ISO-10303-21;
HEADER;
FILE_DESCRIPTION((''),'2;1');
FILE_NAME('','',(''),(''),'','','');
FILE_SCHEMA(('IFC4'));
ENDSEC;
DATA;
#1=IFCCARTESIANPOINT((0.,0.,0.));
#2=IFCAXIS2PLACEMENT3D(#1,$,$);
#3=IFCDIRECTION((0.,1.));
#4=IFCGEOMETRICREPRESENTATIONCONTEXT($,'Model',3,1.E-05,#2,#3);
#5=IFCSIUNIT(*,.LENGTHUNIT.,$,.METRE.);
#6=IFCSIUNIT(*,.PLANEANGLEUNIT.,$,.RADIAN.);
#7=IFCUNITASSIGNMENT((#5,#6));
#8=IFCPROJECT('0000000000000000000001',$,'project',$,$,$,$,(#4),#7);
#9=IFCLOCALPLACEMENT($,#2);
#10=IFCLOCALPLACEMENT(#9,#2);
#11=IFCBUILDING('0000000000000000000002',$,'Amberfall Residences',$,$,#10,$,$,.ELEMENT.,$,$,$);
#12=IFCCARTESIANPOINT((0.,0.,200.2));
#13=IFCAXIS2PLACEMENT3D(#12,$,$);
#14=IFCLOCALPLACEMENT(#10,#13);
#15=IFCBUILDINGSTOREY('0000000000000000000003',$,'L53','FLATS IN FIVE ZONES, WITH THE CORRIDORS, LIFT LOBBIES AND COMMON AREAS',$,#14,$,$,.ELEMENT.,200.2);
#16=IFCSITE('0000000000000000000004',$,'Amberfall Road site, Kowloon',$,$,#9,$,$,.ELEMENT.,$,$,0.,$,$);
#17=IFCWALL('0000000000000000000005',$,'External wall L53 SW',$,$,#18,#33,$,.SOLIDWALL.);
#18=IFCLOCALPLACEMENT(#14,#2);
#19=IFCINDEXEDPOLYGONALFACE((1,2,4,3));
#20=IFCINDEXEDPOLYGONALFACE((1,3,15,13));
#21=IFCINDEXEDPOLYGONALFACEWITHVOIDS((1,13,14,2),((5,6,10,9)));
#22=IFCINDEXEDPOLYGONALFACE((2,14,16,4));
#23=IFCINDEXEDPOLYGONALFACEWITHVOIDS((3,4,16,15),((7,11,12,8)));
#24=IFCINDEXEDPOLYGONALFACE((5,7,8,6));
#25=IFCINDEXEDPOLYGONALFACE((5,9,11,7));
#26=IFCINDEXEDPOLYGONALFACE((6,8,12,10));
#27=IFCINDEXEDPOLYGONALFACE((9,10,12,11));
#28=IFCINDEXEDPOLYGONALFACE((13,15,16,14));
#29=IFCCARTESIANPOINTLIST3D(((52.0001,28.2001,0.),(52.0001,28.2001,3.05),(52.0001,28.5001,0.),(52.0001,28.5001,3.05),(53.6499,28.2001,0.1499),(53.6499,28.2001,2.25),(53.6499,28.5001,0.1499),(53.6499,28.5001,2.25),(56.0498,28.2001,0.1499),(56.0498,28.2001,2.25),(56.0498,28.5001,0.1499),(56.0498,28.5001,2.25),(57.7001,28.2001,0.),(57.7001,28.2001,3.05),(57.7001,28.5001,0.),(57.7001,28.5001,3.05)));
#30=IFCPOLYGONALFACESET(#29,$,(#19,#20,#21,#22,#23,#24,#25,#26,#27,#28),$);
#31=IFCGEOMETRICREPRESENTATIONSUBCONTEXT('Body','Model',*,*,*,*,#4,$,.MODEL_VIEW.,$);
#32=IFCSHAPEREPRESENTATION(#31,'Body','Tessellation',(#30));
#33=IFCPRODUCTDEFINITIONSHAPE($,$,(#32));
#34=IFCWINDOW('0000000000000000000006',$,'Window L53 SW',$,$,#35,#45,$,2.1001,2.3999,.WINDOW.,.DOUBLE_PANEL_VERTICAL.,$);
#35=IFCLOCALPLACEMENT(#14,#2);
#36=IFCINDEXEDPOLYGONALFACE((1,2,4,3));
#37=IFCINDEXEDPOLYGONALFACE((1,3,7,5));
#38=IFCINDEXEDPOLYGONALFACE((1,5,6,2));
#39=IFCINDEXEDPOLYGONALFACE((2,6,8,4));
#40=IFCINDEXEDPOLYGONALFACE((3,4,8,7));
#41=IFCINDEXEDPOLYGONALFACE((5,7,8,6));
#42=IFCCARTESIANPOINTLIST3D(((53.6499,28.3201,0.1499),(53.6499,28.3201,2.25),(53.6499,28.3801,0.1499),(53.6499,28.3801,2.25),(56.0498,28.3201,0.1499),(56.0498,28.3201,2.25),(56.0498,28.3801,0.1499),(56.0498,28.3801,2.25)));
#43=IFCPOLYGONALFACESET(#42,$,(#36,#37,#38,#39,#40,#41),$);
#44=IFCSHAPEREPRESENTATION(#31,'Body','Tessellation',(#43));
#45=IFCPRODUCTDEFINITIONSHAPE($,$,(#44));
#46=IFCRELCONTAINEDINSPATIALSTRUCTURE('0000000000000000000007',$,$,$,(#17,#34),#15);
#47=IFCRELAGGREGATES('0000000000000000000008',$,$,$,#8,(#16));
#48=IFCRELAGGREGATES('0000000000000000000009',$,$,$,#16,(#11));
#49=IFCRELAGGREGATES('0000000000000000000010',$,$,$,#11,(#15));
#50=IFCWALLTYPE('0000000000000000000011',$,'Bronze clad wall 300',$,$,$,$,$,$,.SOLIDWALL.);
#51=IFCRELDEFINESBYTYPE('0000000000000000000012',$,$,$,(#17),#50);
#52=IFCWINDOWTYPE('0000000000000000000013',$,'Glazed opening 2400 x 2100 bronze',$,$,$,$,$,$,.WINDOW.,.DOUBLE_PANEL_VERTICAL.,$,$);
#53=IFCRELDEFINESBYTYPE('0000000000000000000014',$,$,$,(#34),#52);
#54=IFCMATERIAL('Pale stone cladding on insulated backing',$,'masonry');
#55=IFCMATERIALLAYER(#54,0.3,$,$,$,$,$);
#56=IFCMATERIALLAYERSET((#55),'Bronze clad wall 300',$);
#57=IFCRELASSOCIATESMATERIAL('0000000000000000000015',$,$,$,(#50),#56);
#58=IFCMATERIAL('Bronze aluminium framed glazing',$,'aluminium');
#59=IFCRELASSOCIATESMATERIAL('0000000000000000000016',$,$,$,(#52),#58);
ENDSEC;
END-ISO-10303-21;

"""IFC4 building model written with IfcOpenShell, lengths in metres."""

from ifc_helpers import new_model, si_unit, direction, frame, frame_2d, origin, place, context, subcontext, project, spatial, rectangle, extrude, material, layer, layer_set, type_object, element, fill, save


model = new_model("IFC4")

# Units and contexts
model_context = context("Model", 3, precision=1e-05, world=origin(), true_north=direction((0.0, 1.0)))
body_context = subcontext(model_context, "Body", "Model", "MODEL_VIEW")
ifc_project = project(units=[si_unit("LENGTHUNIT", "METRE"), si_unit("PLANEANGLEUNIT", "RADIAN")], contexts=[model_context])

# Site, building, storey
site_placement = place(None, origin())
site = spatial("IfcSite", under=ifc_project, at=site_placement, Name="Amberfall Road site, Kowloon", CompositionType="ELEMENT", RefElevation=0.0)
building_placement = place(site_placement, origin())
building = spatial("IfcBuilding", under=site, at=building_placement, Name="Amberfall Residences", CompositionType="ELEMENT")
storey_placement = place(building_placement, frame((0.0, 0.0, 200.2)))
storey = spatial("IfcBuildingStorey", under=building, at=storey_placement, Name="L53", Description="FLATS IN FIVE ZONES, WITH THE CORRIDORS, LIFT LOBBIES AND COMMON AREAS", CompositionType="ELEMENT", Elevation=200.2)

# Wall, opening, window
ifc_material_1 = material(Name="Pale stone cladding on insulated backing", Category="masonry")
ifc_layer_1 = layer(ifc_material_1, 0.3)
ifc_layer_set_1 = layer_set([ifc_layer_1], Name="Bronze clad wall 300")
wall_type = type_object("IfcWallType", Name="Bronze clad wall 300", PredefinedType="SOLIDWALL", material=ifc_layer_set_1)
wall_placement = place(storey_placement, frame((52.0, 28.3501, 0.0), z_axis=(0.0, 0.0, 1.0), x_axis=(1.0, 0.0, 0.0)))
wall = element("IfcWall", 1, at=wall_placement, inside=storey, type_object=wall_type, Name="External wall L53 SW", PredefinedType="SOLIDWALL", context=body_context, shape_type="SweptSolid", body=[
    extrude(rectangle(XDim=5.7, YDim=0.3, at=frame_2d((2.8501, 0.0))), origin(), (0.0, 0.0, 1.0), 3.05),
])
opening_placement = place(wall_placement, frame((1.6499, 0.0, 0.1499)))
opening = element("IfcOpeningElement", 2, at=opening_placement, cuts=wall, PredefinedType="OPENING", context=body_context, shape_type="SweptSolid", body=[
    extrude(rectangle(XDim=2.3999, YDim=2.1001, at=frame_2d((1.2, 1.05))), frame((0.0, 0.1599, 0.0), z_axis=(0.0, -1.0, 0.0), x_axis=(1.0, 0.0, 0.0)), (0.0, 0.0, 1.0), 0.3201),
])
ifc_material_2 = material(Name="Bronze aluminium framed glazing", Category="aluminium")
window_type = type_object("IfcWindowType", Name="Glazed opening 2400 x 2100 bronze", PartitioningType="DOUBLE_PANEL_VERTICAL", PredefinedType="WINDOW", material=ifc_material_2)
window_placement = place(opening_placement, origin())
window = element("IfcWindow", 3, at=window_placement, inside=storey, type_object=window_type, Name="Window L53 SW", OverallHeight=2.1001, OverallWidth=2.3999, PartitioningType="DOUBLE_PANEL_VERTICAL", PredefinedType="WINDOW", context=body_context, shape_type="SweptSolid", body=[
    extrude(rectangle(XDim=2.3999, YDim=2.1001, at=frame_2d((1.2, 1.05))), frame((0.0, 0.03, 0.0), z_axis=(0.0, -1.0, 0.0), x_axis=(1.0, 0.0, 0.0)), (0.0, 0.0, 1.0), 0.0601),
])
fill(opening, window)

save(model, "model.ifc")
